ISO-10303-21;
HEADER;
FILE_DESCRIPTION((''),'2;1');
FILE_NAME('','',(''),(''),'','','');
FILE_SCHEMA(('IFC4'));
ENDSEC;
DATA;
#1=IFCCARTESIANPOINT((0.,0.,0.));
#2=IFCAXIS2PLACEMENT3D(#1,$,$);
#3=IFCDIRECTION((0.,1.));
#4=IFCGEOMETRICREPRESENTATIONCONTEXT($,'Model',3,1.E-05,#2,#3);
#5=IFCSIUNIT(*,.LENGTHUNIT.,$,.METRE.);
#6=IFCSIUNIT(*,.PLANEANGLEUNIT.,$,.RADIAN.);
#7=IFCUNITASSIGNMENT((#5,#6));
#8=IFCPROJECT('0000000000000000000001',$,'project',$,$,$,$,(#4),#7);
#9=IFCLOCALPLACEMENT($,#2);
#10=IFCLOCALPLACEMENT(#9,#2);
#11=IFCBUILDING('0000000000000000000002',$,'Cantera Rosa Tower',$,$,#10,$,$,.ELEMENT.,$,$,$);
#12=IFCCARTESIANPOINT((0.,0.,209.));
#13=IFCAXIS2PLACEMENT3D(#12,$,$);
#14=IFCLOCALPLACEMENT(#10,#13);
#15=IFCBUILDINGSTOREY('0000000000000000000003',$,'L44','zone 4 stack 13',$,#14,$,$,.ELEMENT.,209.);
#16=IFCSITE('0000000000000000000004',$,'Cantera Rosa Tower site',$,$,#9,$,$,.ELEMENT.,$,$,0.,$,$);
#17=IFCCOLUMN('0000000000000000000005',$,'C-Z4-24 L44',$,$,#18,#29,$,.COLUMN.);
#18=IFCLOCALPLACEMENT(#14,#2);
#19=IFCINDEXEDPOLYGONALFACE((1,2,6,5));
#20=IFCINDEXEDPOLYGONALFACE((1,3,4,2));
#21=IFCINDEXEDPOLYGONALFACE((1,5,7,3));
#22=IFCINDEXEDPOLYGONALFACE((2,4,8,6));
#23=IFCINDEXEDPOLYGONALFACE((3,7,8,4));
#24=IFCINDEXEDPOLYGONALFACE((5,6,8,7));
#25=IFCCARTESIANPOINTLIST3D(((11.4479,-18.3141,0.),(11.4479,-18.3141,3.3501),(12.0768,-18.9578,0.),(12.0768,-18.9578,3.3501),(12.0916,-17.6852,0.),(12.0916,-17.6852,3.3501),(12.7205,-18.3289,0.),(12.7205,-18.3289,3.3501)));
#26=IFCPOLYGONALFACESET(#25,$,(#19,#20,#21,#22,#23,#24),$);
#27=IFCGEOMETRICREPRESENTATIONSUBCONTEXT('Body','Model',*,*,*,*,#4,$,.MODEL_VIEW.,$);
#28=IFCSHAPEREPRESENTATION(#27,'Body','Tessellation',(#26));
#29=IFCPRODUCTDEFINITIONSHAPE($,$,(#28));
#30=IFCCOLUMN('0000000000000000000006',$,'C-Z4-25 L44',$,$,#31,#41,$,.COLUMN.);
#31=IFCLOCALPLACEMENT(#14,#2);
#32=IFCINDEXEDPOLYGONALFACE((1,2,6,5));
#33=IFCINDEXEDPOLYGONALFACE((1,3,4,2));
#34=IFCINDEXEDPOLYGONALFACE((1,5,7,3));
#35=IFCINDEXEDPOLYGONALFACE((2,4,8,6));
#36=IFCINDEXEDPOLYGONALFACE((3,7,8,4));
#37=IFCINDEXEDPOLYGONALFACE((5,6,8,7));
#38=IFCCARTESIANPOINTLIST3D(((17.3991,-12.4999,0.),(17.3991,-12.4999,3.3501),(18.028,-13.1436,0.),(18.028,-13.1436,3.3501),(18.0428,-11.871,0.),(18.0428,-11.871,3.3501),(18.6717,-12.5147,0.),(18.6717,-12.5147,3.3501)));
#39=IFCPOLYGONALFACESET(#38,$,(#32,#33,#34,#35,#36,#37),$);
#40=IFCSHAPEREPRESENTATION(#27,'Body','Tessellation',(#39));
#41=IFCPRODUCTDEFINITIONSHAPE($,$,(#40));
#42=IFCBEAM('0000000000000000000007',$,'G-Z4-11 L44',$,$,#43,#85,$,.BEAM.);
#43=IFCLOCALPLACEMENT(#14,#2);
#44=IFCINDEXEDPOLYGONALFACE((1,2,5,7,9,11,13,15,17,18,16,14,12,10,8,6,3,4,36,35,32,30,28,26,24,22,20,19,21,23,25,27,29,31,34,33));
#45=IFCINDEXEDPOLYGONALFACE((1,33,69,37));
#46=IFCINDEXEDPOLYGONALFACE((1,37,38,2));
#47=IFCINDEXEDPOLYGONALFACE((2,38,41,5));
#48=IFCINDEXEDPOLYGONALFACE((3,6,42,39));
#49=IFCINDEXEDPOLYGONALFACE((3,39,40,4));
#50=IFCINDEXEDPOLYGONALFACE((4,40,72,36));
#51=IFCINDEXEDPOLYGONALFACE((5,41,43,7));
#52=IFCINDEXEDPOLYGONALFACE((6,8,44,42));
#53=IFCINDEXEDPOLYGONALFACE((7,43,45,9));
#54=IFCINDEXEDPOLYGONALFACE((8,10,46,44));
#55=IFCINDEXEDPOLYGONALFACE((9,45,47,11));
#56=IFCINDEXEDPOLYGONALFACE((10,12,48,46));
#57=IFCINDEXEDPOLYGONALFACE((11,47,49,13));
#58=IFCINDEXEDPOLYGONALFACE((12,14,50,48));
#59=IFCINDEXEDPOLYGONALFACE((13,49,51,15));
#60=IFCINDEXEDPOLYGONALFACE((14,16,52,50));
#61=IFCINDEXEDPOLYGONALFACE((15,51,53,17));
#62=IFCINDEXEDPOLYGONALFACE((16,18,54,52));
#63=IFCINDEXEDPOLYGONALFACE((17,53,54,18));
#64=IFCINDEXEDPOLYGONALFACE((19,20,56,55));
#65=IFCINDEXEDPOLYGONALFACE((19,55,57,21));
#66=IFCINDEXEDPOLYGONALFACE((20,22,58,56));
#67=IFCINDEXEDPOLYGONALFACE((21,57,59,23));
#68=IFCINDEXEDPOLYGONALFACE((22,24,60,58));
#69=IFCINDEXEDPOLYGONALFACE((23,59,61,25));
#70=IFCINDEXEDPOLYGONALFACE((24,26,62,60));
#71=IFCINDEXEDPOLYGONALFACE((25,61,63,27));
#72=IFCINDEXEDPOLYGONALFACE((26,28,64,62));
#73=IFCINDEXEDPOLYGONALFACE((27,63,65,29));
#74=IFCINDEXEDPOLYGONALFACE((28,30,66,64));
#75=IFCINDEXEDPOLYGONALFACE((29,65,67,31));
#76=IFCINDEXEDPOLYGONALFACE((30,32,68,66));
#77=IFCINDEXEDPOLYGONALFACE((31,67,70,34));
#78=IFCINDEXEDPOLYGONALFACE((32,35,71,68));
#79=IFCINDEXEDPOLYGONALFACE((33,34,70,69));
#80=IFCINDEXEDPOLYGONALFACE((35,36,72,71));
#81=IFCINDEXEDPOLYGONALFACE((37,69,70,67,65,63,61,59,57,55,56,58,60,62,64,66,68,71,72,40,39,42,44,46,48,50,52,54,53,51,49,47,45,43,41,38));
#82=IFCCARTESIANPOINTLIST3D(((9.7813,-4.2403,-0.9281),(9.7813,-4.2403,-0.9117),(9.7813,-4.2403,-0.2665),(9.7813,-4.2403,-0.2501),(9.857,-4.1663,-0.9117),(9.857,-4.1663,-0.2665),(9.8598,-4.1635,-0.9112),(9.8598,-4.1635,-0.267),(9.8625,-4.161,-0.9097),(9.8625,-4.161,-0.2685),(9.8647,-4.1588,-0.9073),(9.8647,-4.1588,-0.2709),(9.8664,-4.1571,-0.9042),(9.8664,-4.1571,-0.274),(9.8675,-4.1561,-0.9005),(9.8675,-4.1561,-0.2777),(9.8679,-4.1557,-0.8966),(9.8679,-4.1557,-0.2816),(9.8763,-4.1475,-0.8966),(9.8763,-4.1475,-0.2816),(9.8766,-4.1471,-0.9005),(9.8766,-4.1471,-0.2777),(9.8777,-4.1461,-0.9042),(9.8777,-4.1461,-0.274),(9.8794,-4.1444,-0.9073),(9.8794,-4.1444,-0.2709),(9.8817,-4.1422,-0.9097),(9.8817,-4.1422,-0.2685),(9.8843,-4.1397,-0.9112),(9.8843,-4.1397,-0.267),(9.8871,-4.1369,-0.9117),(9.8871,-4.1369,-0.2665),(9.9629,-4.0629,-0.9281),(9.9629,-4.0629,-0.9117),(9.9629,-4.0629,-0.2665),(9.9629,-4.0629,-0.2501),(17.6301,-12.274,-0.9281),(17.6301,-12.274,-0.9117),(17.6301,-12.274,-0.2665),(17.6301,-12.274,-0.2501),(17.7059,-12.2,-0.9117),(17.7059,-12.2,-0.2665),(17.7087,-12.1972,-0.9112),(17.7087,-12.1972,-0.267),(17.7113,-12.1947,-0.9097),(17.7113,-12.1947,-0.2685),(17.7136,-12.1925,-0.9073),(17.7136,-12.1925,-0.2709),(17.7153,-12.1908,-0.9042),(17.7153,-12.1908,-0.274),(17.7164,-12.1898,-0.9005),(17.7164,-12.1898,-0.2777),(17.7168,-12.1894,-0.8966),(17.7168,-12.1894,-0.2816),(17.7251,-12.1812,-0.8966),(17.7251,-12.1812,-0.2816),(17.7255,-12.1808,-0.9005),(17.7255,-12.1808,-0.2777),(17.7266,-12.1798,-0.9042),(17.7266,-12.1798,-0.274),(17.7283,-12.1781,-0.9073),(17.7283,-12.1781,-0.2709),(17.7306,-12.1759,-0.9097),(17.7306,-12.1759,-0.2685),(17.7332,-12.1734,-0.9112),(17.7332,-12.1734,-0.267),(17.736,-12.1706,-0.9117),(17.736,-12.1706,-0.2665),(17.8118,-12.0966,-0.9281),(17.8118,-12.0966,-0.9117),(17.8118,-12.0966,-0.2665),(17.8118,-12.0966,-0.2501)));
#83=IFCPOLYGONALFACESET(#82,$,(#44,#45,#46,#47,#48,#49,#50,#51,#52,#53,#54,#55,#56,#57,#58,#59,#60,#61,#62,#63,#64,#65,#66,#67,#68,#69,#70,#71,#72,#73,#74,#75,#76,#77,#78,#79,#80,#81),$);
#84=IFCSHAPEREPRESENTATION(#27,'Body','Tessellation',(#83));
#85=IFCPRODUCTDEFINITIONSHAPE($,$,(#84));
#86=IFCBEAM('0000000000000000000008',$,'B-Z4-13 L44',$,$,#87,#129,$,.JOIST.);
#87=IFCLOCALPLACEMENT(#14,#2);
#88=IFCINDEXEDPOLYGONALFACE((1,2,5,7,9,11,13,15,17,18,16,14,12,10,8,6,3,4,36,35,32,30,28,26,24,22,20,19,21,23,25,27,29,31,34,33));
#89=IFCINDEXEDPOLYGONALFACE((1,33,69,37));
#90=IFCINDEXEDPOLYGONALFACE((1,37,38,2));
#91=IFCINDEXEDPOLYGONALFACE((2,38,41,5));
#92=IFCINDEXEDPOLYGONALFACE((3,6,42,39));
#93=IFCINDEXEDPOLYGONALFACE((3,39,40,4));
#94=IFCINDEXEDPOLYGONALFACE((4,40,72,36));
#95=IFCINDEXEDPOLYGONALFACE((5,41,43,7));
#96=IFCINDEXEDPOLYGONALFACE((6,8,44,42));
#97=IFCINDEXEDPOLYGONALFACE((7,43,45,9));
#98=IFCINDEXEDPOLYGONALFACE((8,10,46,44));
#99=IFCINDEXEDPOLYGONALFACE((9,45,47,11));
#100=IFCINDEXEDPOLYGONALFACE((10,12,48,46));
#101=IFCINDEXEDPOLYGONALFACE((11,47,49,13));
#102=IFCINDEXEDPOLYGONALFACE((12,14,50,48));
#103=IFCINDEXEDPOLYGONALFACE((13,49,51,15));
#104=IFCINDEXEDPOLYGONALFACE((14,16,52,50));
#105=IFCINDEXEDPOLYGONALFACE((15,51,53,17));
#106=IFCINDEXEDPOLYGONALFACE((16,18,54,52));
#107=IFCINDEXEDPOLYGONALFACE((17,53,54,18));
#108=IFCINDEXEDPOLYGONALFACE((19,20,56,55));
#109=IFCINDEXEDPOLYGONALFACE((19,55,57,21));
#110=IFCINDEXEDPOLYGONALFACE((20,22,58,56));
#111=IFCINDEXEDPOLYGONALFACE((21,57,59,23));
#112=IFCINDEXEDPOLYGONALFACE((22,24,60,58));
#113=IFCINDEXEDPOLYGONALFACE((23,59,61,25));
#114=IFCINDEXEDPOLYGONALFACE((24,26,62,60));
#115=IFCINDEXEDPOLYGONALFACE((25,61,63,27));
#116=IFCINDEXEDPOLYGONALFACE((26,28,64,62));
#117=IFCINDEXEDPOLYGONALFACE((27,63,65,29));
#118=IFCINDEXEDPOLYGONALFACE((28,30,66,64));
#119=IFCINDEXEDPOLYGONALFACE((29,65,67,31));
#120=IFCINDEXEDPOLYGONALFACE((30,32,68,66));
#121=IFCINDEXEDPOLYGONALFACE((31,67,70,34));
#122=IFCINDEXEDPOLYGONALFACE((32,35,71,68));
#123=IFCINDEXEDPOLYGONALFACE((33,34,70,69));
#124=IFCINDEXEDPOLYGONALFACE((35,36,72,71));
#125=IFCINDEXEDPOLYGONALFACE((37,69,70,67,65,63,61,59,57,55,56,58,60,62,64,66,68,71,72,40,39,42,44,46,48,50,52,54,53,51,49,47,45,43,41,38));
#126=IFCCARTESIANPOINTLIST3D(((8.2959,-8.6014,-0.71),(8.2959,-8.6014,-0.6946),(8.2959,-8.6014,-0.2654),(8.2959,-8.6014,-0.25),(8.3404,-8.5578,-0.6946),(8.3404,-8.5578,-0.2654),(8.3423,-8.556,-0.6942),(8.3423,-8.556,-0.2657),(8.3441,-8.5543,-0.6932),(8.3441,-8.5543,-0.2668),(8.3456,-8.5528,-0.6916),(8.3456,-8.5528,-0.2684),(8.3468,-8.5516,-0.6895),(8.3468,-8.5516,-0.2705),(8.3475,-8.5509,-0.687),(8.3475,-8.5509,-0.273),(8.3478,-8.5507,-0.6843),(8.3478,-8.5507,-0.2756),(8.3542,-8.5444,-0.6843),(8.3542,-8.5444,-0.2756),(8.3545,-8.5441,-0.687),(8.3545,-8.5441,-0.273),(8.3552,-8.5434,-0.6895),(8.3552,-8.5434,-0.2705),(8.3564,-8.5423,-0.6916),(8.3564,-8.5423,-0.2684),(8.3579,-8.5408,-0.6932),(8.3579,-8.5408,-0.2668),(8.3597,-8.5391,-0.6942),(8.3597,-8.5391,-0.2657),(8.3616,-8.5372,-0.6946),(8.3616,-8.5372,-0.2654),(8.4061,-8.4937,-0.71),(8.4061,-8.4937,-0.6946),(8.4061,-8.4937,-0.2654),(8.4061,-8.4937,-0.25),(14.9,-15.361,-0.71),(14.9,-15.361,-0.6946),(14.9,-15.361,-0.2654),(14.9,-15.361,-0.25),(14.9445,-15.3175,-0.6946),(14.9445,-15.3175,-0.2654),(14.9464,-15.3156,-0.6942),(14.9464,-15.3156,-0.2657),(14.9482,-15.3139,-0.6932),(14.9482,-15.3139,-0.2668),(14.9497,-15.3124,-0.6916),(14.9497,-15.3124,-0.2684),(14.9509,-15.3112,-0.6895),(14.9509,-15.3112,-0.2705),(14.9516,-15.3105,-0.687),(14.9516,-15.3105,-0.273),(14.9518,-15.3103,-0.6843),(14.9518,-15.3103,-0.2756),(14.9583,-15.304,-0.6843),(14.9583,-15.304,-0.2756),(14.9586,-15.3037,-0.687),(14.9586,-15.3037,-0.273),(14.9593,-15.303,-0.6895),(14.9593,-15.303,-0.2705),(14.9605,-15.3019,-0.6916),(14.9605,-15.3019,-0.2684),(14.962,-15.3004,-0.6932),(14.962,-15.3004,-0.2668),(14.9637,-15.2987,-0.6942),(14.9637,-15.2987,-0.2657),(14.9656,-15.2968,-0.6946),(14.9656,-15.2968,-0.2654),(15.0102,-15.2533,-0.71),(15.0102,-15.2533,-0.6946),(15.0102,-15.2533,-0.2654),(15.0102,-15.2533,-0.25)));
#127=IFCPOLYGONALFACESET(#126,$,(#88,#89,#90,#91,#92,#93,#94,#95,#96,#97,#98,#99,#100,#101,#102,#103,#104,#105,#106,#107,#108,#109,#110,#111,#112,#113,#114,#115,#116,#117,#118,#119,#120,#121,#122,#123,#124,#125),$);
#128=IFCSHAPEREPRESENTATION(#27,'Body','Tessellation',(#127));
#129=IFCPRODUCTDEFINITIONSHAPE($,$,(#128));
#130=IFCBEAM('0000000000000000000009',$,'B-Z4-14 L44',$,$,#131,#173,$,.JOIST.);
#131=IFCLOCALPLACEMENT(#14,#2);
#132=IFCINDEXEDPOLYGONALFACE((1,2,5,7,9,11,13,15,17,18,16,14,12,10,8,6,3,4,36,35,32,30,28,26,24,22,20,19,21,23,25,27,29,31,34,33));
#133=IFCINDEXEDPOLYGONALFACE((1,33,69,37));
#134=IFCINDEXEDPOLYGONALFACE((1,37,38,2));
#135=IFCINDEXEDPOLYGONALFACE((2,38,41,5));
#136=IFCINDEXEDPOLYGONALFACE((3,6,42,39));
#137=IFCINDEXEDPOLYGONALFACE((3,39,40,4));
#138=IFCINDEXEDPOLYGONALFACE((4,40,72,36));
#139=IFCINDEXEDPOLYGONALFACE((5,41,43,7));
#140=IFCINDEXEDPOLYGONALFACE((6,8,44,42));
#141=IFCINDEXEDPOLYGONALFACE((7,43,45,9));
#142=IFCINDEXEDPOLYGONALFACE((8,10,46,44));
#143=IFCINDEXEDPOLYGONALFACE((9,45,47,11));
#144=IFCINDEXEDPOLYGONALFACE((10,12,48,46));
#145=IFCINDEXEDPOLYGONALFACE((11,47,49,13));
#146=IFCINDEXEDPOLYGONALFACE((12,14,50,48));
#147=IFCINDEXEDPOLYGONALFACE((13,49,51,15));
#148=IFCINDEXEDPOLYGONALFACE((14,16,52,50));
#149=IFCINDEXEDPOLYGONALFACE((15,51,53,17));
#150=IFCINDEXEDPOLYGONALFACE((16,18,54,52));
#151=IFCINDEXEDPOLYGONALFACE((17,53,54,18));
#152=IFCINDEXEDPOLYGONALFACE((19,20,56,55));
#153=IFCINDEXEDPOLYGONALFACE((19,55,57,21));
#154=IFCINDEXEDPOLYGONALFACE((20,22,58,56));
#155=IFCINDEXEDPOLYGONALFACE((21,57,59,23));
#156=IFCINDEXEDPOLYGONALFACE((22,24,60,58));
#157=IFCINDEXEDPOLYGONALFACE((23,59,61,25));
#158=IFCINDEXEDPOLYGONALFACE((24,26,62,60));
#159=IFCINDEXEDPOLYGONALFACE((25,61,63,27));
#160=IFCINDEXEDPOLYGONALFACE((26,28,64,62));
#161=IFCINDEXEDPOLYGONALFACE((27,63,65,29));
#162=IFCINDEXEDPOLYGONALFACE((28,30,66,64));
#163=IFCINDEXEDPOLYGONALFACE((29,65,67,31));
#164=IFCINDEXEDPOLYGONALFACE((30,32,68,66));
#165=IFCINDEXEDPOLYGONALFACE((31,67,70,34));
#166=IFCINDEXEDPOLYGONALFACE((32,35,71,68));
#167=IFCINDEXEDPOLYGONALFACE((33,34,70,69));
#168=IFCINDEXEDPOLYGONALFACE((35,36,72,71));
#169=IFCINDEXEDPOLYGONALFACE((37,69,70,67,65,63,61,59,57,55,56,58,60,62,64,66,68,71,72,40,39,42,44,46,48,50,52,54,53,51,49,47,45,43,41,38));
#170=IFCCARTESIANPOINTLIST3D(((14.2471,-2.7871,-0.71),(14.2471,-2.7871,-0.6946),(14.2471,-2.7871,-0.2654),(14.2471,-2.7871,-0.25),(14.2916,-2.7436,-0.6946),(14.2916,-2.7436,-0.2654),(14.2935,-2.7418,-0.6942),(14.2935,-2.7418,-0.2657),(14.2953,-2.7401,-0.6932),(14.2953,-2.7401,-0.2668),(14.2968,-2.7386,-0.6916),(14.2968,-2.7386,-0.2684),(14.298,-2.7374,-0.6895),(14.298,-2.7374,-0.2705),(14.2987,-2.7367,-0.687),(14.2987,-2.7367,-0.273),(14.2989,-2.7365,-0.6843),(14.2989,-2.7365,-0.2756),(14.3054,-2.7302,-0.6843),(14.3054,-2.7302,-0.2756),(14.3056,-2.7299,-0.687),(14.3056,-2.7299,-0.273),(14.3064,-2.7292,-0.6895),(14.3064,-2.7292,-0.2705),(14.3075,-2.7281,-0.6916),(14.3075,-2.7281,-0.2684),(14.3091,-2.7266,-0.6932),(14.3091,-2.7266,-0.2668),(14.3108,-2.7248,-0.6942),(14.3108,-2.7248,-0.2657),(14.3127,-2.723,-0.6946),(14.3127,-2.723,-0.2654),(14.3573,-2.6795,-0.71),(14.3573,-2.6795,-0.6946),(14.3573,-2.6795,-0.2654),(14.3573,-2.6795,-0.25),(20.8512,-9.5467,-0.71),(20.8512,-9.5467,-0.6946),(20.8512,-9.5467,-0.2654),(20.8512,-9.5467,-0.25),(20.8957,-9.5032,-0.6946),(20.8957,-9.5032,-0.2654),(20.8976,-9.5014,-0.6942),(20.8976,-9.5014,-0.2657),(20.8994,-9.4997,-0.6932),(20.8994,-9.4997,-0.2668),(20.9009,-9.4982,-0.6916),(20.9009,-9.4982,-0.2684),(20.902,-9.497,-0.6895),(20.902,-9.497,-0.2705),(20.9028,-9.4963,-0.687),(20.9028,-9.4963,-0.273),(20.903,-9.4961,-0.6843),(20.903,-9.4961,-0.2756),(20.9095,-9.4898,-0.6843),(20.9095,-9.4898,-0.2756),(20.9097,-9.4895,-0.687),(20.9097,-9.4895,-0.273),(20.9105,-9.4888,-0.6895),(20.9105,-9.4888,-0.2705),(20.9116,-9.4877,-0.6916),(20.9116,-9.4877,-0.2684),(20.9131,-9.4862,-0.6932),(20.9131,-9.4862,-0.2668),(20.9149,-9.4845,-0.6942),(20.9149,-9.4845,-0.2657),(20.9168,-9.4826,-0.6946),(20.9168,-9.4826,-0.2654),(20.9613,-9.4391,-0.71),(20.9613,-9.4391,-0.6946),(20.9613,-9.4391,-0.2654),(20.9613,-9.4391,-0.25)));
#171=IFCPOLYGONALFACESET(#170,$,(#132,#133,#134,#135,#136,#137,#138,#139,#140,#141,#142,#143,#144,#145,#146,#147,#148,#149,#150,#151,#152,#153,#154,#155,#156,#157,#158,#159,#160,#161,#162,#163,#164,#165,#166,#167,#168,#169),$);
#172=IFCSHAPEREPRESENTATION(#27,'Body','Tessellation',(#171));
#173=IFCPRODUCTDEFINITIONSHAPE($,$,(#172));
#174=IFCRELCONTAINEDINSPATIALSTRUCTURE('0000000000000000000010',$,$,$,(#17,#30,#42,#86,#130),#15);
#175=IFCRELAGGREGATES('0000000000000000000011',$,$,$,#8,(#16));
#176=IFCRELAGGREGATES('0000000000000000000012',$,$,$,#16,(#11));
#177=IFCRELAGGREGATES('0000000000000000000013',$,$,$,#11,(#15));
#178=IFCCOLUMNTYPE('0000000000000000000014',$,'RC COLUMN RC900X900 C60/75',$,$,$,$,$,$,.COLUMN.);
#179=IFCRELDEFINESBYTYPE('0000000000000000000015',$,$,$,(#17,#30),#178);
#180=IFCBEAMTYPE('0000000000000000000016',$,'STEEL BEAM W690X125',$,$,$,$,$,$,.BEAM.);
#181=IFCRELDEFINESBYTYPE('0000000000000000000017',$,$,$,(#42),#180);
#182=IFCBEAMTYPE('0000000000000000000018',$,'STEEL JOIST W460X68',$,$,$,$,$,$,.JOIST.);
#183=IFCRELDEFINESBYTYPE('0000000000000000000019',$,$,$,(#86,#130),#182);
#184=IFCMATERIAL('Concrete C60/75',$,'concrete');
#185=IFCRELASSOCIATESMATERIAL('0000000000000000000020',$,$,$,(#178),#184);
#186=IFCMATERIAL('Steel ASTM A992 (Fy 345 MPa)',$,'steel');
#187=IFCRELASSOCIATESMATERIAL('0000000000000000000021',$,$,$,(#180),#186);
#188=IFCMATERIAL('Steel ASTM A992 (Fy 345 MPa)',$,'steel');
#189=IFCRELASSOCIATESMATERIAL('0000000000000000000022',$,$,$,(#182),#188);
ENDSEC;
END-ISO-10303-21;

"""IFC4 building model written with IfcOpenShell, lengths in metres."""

from ifc_helpers import new_model, si_unit, direction, frame, origin, origin_2d, place, context, subcontext, project, spatial, rectangle, i_section, extrude, material, material_profile, profile_set, type_object, element, save


model = new_model("IFC4")

# Units and contexts
model_context = context("Model", 3, precision=1e-05, world=origin(), true_north=direction((0.0, 1.0)))
body_context = subcontext(model_context, "Body", "Model", "MODEL_VIEW")
ifc_project = project(units=[si_unit("LENGTHUNIT", "METRE"), si_unit("PLANEANGLEUNIT", "RADIAN")], contexts=[model_context])

# Site, building, storey
site_placement = place(None, origin())
site = spatial("IfcSite", under=ifc_project, at=site_placement, Name="Cantera Rosa Tower site", CompositionType="ELEMENT", RefElevation=0.0)
building_placement = place(site_placement, origin())
building = spatial("IfcBuilding", under=site, at=building_placement, Name="Cantera Rosa Tower", CompositionType="ELEMENT")
storey_placement = place(building_placement, frame((0.0, 0.0, 209.0)))
storey = spatial("IfcBuildingStorey", under=building, at=storey_placement, Name="L44", Description="zone 4 stack 13", CompositionType="ELEMENT", Elevation=209.0)

# Columns
ifc_material_1 = material(Name="Concrete C60/75", Category="concrete")
ifc_material_profile_1 = material_profile(ifc_material_1, rectangle(XDim=0.8999, YDim=0.8999, at=origin_2d()), Name="RC COLUMN RC900X900 C60/75")
ifc_profile_set_1 = profile_set([ifc_material_profile_1], Name="Concrete C60/75")
column_type = type_object("IfcColumnType", Name="RC COLUMN RC900X900 C60/75", PredefinedType="COLUMN", material=ifc_profile_set_1)
for number, where, z_axis, x_axis, name in (
    (1, (12.0842, -18.3215, 0.0), (0.0, 0.0, 1.0), (0.715286, 0.698832, 0.0), "C-Z4-24 L44"),
    (2, (18.0354, -12.5073, 0.0), (0.0, 0.0, 1.0), (0.715286, 0.698832, 0.0), "C-Z4-25 L44"),
):
    element("IfcColumn", number, at=place(storey_placement, frame(where, z_axis=z_axis, x_axis=x_axis)), inside=storey, type_object=column_type, Name=name, PredefinedType="COLUMN", context=body_context, shape_type="SweptSolid", body=[
        extrude(rectangle(XDim=0.8999, YDim=0.8999, at=origin_2d()), origin(), (0.0, 0.0, 1.0), 3.3501),
    ])

# Beams
ifc_material_2 = material(Name="Steel ASTM A992 (Fy 345 MPa)", Category="steel")
ifc_material_profile_2 = material_profile(ifc_material_2, i_section(OverallWidth=0.2539, OverallDepth=0.678, WebThickness=0.0117, FlangeThickness=0.0164, FilletRadius=0.0151, at=origin_2d()), Name="W690X125")
ifc_profile_set_2 = profile_set([ifc_material_profile_2], Name="Steel ASTM A992 (Fy 345 MPa)")
beam_type_1 = type_object("IfcBeamType", Name="STEEL BEAM W690X125", PredefinedType="BEAM", material=ifc_profile_set_2)
beam_placement = place(storey_placement, frame((17.7209, -12.1853, -0.5891), z_axis=(-0.698831, 0.715286, 0.0), x_axis=(-0.715286, -0.698831, 0.0)))
element("IfcBeam", 3, at=beam_placement, inside=storey, type_object=beam_type_1, Name="G-Z4-11 L44", PredefinedType="BEAM", context=body_context, shape_type="SweptSolid", body=[
    extrude(i_section(OverallWidth=0.2539, OverallDepth=0.678, WebThickness=0.0117, FlangeThickness=0.0164, FilletRadius=0.0151, at=origin_2d()), origin(), (0.0, 0.0, 1.0), 11.2314),
])
ifc_material_3 = material(Name="Steel ASTM A992 (Fy 345 MPa)", Category="steel")
ifc_material_profile_3 = material_profile(ifc_material_3, i_section(OverallWidth=0.1541, OverallDepth=0.46, WebThickness=0.009, FlangeThickness=0.0154, FilletRadius=0.0103, at=origin_2d()), Name="W460X68")
ifc_profile_set_3 = profile_set([ifc_material_profile_3], Name="Steel ASTM A992 (Fy 345 MPa)")
beam_type_2 = type_object("IfcBeamType", Name="STEEL JOIST W460X68", PredefinedType="JOIST", material=ifc_profile_set_3)
for number, where, z_axis, x_axis, name in (
    (4, (14.9551, -15.3071, -0.48), (-0.698831, 0.715287, 0.0), (-0.715287, -0.698831, 0.0), "B-Z4-13 L44"),
    (5, (20.9062, -9.4929, -0.48), (-0.698831, 0.715287, 0.0), (-0.715287, -0.698831, 0.0), "B-Z4-14 L44"),
):
    element("IfcBeam", number, at=place(storey_placement, frame(where, z_axis=z_axis, x_axis=x_axis)), inside=storey, type_object=beam_type_2, Name=name, PredefinedType="JOIST", context=body_context, shape_type="SweptSolid", body=[
        extrude(i_section(OverallWidth=0.1541, OverallDepth=0.46, WebThickness=0.009, FlangeThickness=0.0154, FilletRadius=0.0103, at=origin_2d()), origin(), (0.0, 0.0, 1.0), 9.4502),
    ])

save(model, "model.ifc")
